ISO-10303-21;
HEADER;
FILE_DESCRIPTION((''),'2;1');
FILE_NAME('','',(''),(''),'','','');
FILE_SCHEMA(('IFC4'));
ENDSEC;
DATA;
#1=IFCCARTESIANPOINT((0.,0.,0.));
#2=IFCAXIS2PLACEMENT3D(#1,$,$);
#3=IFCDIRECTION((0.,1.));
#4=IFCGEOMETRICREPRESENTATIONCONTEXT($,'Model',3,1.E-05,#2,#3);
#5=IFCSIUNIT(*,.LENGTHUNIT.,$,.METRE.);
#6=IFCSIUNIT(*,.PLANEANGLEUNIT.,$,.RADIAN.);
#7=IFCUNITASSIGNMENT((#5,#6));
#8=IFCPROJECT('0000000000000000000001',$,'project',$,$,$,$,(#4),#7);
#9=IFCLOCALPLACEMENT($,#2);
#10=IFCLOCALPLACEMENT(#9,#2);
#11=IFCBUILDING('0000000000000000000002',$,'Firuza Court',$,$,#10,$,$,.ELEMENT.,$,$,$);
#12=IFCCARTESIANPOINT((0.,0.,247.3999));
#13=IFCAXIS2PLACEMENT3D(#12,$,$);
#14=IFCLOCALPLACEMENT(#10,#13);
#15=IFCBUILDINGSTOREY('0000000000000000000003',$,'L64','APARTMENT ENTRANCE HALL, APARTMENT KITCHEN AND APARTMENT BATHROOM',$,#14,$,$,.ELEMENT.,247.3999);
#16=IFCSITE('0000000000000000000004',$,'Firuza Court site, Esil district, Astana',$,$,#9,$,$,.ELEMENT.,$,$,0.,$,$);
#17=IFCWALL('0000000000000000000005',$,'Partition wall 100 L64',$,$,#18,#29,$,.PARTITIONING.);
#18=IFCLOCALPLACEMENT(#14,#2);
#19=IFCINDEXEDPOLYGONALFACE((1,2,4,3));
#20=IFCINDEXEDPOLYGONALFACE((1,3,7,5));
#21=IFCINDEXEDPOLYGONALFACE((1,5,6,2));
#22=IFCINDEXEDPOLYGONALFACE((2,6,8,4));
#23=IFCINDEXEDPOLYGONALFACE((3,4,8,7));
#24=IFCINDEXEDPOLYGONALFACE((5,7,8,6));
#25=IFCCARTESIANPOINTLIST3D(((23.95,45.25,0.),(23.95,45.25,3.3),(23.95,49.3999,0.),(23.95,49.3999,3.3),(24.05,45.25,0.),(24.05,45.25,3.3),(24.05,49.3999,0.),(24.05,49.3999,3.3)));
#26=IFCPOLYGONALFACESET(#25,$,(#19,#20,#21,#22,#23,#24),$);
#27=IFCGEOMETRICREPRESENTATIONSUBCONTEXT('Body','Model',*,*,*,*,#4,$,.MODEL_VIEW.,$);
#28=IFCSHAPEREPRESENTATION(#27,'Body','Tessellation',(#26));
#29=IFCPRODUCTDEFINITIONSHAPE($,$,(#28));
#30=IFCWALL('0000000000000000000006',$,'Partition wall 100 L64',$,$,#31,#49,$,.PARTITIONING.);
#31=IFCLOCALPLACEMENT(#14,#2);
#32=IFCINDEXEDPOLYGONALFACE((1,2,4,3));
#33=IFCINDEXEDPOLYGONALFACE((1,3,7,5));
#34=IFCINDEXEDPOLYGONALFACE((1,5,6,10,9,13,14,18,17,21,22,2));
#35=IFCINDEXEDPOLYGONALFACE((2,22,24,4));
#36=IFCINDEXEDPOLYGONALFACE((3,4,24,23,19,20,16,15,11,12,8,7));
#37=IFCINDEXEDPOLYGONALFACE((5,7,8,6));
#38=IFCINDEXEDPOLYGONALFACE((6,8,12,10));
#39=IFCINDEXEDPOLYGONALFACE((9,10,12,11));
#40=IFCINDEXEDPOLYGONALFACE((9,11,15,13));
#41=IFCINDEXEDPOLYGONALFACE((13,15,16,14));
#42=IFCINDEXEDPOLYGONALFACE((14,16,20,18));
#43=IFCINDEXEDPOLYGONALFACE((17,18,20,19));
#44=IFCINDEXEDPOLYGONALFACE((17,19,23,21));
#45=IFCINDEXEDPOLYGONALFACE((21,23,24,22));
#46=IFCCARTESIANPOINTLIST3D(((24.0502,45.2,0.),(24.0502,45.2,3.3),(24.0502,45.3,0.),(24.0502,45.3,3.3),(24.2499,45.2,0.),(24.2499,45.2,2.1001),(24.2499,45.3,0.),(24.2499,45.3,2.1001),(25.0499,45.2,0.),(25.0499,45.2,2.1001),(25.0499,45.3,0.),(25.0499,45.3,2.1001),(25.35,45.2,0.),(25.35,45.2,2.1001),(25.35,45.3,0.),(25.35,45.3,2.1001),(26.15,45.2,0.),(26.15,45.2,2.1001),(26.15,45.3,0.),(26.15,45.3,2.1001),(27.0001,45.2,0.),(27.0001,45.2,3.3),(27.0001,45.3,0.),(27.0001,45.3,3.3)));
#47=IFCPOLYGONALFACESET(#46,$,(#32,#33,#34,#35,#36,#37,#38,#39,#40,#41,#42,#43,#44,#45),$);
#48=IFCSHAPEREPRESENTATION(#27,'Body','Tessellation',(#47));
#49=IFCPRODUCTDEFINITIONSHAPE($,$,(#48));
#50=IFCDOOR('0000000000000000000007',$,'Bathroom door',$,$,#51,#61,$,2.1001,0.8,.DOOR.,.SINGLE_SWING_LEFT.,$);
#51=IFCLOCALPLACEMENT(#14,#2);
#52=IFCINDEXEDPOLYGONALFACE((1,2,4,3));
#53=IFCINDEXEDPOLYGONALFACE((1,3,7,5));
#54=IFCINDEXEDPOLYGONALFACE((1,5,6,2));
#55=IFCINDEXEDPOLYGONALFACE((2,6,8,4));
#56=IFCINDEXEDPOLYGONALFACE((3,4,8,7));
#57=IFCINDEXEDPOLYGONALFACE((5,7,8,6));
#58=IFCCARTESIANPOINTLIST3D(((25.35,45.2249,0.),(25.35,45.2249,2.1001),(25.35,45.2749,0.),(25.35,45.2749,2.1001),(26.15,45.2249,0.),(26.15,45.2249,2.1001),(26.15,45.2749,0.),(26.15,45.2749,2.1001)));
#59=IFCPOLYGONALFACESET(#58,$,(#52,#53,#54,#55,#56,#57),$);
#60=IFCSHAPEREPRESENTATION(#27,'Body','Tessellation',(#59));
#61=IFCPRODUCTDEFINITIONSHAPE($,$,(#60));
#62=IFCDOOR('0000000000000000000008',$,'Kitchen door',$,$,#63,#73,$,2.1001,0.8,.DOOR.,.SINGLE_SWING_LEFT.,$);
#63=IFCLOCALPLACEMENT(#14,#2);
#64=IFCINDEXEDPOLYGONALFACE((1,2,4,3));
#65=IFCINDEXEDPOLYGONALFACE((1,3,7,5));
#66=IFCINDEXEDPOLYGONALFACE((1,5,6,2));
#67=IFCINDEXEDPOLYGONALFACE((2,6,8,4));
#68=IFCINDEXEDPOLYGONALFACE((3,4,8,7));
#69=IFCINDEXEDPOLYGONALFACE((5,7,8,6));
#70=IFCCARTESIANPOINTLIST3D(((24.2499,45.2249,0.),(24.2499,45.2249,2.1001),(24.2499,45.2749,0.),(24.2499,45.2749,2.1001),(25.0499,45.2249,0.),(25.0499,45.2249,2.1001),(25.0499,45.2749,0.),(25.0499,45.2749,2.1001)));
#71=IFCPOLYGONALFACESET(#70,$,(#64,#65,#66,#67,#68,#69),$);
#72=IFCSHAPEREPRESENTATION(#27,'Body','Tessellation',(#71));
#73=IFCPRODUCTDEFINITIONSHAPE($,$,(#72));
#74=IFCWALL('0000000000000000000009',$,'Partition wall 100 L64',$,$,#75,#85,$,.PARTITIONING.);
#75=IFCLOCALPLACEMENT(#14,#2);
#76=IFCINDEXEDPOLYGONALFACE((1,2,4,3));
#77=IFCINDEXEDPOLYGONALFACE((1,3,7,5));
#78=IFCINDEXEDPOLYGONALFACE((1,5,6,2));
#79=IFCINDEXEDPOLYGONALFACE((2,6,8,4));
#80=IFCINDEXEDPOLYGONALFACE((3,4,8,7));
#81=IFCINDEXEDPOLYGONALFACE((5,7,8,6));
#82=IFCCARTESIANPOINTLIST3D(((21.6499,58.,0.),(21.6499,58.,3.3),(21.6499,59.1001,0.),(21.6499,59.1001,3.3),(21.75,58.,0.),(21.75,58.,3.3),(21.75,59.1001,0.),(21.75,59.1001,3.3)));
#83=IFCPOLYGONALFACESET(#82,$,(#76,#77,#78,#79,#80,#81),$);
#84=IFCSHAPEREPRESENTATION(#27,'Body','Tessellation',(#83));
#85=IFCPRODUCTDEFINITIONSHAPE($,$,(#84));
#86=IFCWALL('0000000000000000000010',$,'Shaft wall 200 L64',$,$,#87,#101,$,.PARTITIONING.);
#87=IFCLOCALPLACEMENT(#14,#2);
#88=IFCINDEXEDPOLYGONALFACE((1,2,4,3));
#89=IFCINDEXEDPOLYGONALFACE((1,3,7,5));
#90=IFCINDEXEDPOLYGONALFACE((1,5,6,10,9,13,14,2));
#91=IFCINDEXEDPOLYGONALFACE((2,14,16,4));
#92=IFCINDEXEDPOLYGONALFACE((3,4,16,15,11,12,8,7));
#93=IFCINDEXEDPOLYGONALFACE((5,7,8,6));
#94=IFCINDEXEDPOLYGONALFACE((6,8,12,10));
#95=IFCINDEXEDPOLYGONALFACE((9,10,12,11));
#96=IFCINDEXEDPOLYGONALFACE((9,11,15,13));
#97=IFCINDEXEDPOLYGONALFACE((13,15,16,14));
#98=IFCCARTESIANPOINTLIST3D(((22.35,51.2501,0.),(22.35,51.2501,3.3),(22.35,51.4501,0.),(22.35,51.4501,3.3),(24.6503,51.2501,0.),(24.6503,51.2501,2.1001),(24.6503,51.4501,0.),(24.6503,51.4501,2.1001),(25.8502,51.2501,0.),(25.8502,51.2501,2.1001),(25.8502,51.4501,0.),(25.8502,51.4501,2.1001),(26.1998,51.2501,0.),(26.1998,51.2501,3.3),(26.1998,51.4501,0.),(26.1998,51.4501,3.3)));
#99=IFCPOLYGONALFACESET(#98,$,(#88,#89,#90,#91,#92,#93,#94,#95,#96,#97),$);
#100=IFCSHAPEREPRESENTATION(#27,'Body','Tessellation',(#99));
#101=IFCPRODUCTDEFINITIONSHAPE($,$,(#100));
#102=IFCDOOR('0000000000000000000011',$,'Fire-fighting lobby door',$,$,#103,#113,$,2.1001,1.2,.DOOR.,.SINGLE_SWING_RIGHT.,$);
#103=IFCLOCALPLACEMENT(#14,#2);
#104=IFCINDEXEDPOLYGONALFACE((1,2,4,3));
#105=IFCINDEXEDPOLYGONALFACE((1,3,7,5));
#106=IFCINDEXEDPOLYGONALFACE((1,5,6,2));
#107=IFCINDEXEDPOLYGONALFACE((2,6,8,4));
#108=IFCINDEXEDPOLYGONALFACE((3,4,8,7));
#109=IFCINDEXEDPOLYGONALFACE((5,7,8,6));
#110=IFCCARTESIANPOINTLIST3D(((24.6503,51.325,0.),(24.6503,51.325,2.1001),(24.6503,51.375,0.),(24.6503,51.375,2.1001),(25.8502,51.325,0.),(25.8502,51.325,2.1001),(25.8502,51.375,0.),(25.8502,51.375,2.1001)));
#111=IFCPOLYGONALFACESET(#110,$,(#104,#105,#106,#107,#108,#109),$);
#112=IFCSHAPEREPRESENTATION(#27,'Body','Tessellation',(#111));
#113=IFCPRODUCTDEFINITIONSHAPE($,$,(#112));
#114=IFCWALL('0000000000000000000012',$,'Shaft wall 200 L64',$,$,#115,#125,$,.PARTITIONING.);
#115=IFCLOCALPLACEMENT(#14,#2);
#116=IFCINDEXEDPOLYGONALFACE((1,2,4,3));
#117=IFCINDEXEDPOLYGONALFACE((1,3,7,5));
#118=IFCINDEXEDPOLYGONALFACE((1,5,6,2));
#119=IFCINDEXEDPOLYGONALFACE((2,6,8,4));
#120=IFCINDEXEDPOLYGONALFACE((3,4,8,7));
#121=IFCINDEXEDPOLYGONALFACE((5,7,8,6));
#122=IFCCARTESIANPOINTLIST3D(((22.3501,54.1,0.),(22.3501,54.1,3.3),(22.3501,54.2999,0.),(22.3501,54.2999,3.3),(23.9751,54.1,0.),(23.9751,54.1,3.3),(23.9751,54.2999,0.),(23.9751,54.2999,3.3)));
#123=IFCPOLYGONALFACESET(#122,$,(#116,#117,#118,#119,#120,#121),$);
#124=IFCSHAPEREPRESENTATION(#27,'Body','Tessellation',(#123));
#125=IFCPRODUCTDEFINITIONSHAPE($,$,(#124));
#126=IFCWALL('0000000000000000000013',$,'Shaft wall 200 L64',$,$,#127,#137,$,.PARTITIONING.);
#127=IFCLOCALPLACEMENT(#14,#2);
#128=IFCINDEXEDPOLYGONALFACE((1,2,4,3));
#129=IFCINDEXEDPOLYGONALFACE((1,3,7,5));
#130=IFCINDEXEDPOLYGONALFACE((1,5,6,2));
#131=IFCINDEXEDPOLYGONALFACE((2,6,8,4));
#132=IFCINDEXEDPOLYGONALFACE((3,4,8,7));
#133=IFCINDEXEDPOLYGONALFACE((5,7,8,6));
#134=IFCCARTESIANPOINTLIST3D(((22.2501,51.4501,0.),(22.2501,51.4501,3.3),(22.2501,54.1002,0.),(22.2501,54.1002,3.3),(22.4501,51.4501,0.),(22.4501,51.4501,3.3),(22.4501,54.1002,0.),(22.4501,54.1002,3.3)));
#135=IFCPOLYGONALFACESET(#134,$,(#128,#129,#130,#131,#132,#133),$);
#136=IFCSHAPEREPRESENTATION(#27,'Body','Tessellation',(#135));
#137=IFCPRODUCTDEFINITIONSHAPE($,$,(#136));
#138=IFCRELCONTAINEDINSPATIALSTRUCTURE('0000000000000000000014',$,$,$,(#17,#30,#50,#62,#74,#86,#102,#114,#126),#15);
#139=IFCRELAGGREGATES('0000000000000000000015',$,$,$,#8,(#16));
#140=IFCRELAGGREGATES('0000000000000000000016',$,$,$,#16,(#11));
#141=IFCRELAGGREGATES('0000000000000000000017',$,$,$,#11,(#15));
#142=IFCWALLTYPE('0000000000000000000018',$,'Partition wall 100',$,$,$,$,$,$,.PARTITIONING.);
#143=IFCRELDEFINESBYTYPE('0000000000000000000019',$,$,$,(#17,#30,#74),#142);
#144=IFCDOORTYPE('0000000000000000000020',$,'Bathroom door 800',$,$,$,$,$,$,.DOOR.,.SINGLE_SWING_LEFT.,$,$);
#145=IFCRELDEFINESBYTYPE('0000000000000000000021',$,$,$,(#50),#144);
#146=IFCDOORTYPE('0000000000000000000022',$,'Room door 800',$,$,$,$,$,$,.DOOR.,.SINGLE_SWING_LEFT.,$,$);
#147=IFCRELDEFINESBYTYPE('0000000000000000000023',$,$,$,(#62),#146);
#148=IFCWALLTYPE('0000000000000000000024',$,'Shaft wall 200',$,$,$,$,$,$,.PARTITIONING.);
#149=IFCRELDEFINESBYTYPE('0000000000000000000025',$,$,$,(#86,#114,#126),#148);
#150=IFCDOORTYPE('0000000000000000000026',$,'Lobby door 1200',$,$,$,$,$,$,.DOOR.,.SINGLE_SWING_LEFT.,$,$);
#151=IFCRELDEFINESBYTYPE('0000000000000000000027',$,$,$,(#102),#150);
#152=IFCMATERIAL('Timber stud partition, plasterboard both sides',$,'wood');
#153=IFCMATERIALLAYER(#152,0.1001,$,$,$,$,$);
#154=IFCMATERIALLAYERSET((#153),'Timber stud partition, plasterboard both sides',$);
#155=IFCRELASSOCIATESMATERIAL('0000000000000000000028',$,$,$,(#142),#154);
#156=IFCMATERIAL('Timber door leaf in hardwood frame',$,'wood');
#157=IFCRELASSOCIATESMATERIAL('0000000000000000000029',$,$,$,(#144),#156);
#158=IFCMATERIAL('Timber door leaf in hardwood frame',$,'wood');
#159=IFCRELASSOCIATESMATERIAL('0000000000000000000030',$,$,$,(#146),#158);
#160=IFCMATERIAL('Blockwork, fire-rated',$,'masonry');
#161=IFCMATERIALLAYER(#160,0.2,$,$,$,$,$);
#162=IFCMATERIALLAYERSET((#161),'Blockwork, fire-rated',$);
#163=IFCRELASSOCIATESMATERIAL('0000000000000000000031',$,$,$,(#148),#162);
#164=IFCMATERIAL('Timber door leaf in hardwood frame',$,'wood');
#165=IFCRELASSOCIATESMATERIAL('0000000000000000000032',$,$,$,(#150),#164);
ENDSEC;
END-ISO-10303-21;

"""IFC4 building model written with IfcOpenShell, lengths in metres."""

from ifc_helpers import new_model, si_unit, direction, frame, frame_2d, origin, place, context, subcontext, project, spatial, rectangle, extrude, material, layer, layer_set, type_object, element, fill, save


model = new_model("IFC4")

# Units and contexts
model_context = context("Model", 3, precision=1e-05, world=origin(), true_north=direction((0.0, 1.0)))
body_context = subcontext(model_context, "Body", "Model", "MODEL_VIEW")
ifc_project = project(units=[si_unit("LENGTHUNIT", "METRE"), si_unit("PLANEANGLEUNIT", "RADIAN")], contexts=[model_context])

# Site, building, storey
site_placement = place(None, origin())
site = spatial("IfcSite", under=ifc_project, at=site_placement, Name="Firuza Court site, Esil district, Astana", CompositionType="ELEMENT", RefElevation=0.0)
building_placement = place(site_placement, origin())
building = spatial("IfcBuilding", under=site, at=building_placement, Name="Firuza Court", CompositionType="ELEMENT")
storey_placement = place(building_placement, frame((0.0, 0.0, 247.3999)))
storey = spatial("IfcBuildingStorey", under=building, at=storey_placement, Name="L64", Description="APARTMENT ENTRANCE HALL, APARTMENT KITCHEN AND APARTMENT BATHROOM", CompositionType="ELEMENT", Elevation=247.3999)

# Shared definitions
ifc_material_1 = material(Name="Timber stud partition, plasterboard both sides", Category="wood")
ifc_layer_1 = layer(ifc_material_1, 0.1001)
ifc_layer_set_1 = layer_set([ifc_layer_1], Name="Timber stud partition, plasterboard both sides")
wall_type_1 = type_object("IfcWallType", Name="Partition wall 100", PredefinedType="PARTITIONING", material=ifc_layer_set_1)

# Wall
wall_1_placement = place(storey_placement, frame((24.0, 45.25, 0.0), z_axis=(0.0, 0.0, 1.0), x_axis=(0.0, 1.0, 0.0)))
element("IfcWall", 1, at=wall_1_placement, inside=storey, type_object=wall_type_1, Name="Partition wall 100 L64", PredefinedType="PARTITIONING", context=body_context, shape_type="SweptSolid", body=[
    extrude(rectangle(XDim=4.1499, YDim=0.1001, at=frame_2d((2.075, 0.0))), origin(), (0.0, 0.0, 1.0), 3.3),
])

# Wall, openings, doors
wall_2_placement = place(storey_placement, frame((24.05, 45.25, 0.0), z_axis=(0.0, 0.0, 1.0), x_axis=(1.0, 0.0, 0.0)))
wall_2 = element("IfcWall", 2, at=wall_2_placement, inside=storey, type_object=wall_type_1, Name="Partition wall 100 L64", PredefinedType="PARTITIONING", context=body_context, shape_type="SweptSolid", body=[
    extrude(rectangle(XDim=2.95, YDim=0.1001, at=frame_2d((1.4751, 0.0))), origin(), (0.0, 0.0, 1.0), 3.3),
])
opening_1_placement = place(wall_2_placement, frame((1.3, 0.0, 0.0)))
opening_1 = element("IfcOpeningElement", 3, at=opening_1_placement, cuts=wall_2, PredefinedType="OPENING", context=body_context, shape_type="SweptSolid", body=[
    extrude(rectangle(XDim=0.8, YDim=2.1001, at=frame_2d((0.3999, 1.05))), frame((0.0, 0.062, 0.0), z_axis=(0.0, -1.0, 0.0), x_axis=(1.0, 0.0, 0.0)), (0.0, 0.0, 1.0), 0.124),
])
opening_2_placement = place(wall_2_placement, frame((0.2, 0.0, 0.0)))
opening_2 = element("IfcOpeningElement", 4, at=opening_2_placement, cuts=wall_2, PredefinedType="OPENING", context=body_context, shape_type="SweptSolid", body=[
    extrude(rectangle(XDim=0.8, YDim=2.1001, at=frame_2d((0.3999, 1.05))), frame((0.0, 0.062, 0.0), z_axis=(0.0, -1.0, 0.0), x_axis=(1.0, 0.0, 0.0)), (0.0, 0.0, 1.0), 0.124),
])
ifc_material_2 = material(Name="Timber door leaf in hardwood frame", Category="wood")
door_type_1 = type_object("IfcDoorType", Name="Bathroom door 800", OperationType="SINGLE_SWING_LEFT", PredefinedType="DOOR", material=ifc_material_2)
door_1_placement = place(opening_1_placement, origin())
door_1 = element("IfcDoor", 5, at=door_1_placement, inside=storey, type_object=door_type_1, Name="Bathroom door", OperationType="SINGLE_SWING_LEFT", OverallHeight=2.1001, OverallWidth=0.8, PredefinedType="DOOR", context=body_context, shape_type="SweptSolid", body=[
    extrude(rectangle(XDim=0.8, YDim=2.1001, at=frame_2d((0.3999, 1.05))), frame((0.0, 0.0249, 0.0), z_axis=(0.0, -1.0, 0.0), x_axis=(1.0, 0.0, 0.0)), (0.0, 0.0, 1.0), 0.05),
])
fill(opening_1, door_1)
ifc_material_3 = material(Name="Timber door leaf in hardwood frame", Category="wood")
door_type_2 = type_object("IfcDoorType", Name="Room door 800", OperationType="SINGLE_SWING_LEFT", PredefinedType="DOOR", material=ifc_material_3)
door_2_placement = place(opening_2_placement, origin())
door_2 = element("IfcDoor", 6, at=door_2_placement, inside=storey, type_object=door_type_2, Name="Kitchen door", OperationType="SINGLE_SWING_LEFT", OverallHeight=2.1001, OverallWidth=0.8, PredefinedType="DOOR", context=body_context, shape_type="SweptSolid", body=[
    extrude(rectangle(XDim=0.8, YDim=2.1001, at=frame_2d((0.3999, 1.05))), frame((0.0, 0.0249, 0.0), z_axis=(0.0, -1.0, 0.0), x_axis=(1.0, 0.0, 0.0)), (0.0, 0.0, 1.0), 0.05),
])
fill(opening_2, door_2)

# Wall
wall_3_placement = place(storey_placement, frame((21.7, 58.0, 0.0), z_axis=(0.0, 0.0, 1.0), x_axis=(0.0, 1.0, 0.0)))
element("IfcWall", 7, at=wall_3_placement, inside=storey, type_object=wall_type_1, Name="Partition wall 100 L64", PredefinedType="PARTITIONING", context=body_context, shape_type="SweptSolid", body=[
    extrude(rectangle(XDim=1.1001, YDim=0.1001, at=frame_2d((0.55, 0.0))), origin(), (0.0, 0.0, 1.0), 3.3),
])

# Wall, opening, door
ifc_material_4 = material(Name="Blockwork, fire-rated", Category="masonry")
ifc_layer_2 = layer(ifc_material_4, 0.2)
ifc_layer_set_2 = layer_set([ifc_layer_2], Name="Blockwork, fire-rated")
wall_type_2 = type_object("IfcWallType", Name="Shaft wall 200", PredefinedType="PARTITIONING", material=ifc_layer_set_2)
wall_4_placement = place(storey_placement, frame((22.3501, 51.3501, 0.0), z_axis=(0.0, 0.0, 1.0), x_axis=(1.0, 0.0, 0.0)))
wall_4 = element("IfcWall", 8, at=wall_4_placement, inside=storey, type_object=wall_type_2, Name="Shaft wall 200 L64", PredefinedType="PARTITIONING", context=body_context, shape_type="SweptSolid", body=[
    extrude(rectangle(XDim=3.8499, YDim=0.2, at=frame_2d((1.9248, 0.0))), origin(), (0.0, 0.0, 1.0), 3.3),
])
opening_3_placement = place(wall_4_placement, frame((2.3, 0.0, 0.0)))
opening_3 = element("IfcOpeningElement", 9, at=opening_3_placement, cuts=wall_4, PredefinedType="OPENING", context=body_context, shape_type="SweptSolid", body=[
    extrude(rectangle(XDim=1.2, YDim=2.1001, at=frame_2d((0.6001, 1.05))), frame((0.0, 0.1118, 0.0), z_axis=(0.0, -1.0, 0.0), x_axis=(1.0, 0.0, 0.0)), (0.0, 0.0, 1.0), 0.2239),
])
ifc_material_5 = material(Name="Timber door leaf in hardwood frame", Category="wood")
door_type_3 = type_object("IfcDoorType", Name="Lobby door 1200", OperationType="SINGLE_SWING_LEFT", PredefinedType="DOOR", material=ifc_material_5)
door_3_placement = place(opening_3_placement, origin())
door_3 = element("IfcDoor", 10, at=door_3_placement, inside=storey, type_object=door_type_3, Name="Fire-fighting lobby door", OperationType="SINGLE_SWING_RIGHT", OverallHeight=2.1001, OverallWidth=1.2, PredefinedType="DOOR", context=body_context, shape_type="SweptSolid", body=[
    extrude(rectangle(XDim=1.2, YDim=2.1001, at=frame_2d((0.6001, 1.05))), frame((0.0, 0.0249, 0.0), z_axis=(0.0, -1.0, 0.0), x_axis=(1.0, 0.0, 0.0)), (0.0, 0.0, 1.0), 0.05),
])
fill(opening_3, door_3)

# Walls
wall_5_placement = place(storey_placement, frame((22.3501, 54.2, 0.0), z_axis=(0.0, 0.0, 1.0), x_axis=(1.0, 0.0, 0.0)))
element("IfcWall", 11, at=wall_5_placement, inside=storey, type_object=wall_type_2, Name="Shaft wall 200 L64", PredefinedType="PARTITIONING", context=body_context, shape_type="SweptSolid", body=[
    extrude(rectangle(XDim=1.625, YDim=0.2, at=frame_2d((0.8125, 0.0))), origin(), (0.0, 0.0, 1.0), 3.3),
])
wall_6_placement = place(storey_placement, frame((22.3501, 51.45, 0.0), z_axis=(0.0, 0.0, 1.0), x_axis=(0.0, 1.0, 0.0)))
element("IfcWall", 12, at=wall_6_placement, inside=storey, type_object=wall_type_2, Name="Shaft wall 200 L64", PredefinedType="PARTITIONING", context=body_context, shape_type="SweptSolid", body=[
    extrude(rectangle(XDim=2.6501, YDim=0.2, at=frame_2d((1.3252, 0.0))), origin(), (0.0, 0.0, 1.0), 3.3),
])

save(model, "model.ifc")
